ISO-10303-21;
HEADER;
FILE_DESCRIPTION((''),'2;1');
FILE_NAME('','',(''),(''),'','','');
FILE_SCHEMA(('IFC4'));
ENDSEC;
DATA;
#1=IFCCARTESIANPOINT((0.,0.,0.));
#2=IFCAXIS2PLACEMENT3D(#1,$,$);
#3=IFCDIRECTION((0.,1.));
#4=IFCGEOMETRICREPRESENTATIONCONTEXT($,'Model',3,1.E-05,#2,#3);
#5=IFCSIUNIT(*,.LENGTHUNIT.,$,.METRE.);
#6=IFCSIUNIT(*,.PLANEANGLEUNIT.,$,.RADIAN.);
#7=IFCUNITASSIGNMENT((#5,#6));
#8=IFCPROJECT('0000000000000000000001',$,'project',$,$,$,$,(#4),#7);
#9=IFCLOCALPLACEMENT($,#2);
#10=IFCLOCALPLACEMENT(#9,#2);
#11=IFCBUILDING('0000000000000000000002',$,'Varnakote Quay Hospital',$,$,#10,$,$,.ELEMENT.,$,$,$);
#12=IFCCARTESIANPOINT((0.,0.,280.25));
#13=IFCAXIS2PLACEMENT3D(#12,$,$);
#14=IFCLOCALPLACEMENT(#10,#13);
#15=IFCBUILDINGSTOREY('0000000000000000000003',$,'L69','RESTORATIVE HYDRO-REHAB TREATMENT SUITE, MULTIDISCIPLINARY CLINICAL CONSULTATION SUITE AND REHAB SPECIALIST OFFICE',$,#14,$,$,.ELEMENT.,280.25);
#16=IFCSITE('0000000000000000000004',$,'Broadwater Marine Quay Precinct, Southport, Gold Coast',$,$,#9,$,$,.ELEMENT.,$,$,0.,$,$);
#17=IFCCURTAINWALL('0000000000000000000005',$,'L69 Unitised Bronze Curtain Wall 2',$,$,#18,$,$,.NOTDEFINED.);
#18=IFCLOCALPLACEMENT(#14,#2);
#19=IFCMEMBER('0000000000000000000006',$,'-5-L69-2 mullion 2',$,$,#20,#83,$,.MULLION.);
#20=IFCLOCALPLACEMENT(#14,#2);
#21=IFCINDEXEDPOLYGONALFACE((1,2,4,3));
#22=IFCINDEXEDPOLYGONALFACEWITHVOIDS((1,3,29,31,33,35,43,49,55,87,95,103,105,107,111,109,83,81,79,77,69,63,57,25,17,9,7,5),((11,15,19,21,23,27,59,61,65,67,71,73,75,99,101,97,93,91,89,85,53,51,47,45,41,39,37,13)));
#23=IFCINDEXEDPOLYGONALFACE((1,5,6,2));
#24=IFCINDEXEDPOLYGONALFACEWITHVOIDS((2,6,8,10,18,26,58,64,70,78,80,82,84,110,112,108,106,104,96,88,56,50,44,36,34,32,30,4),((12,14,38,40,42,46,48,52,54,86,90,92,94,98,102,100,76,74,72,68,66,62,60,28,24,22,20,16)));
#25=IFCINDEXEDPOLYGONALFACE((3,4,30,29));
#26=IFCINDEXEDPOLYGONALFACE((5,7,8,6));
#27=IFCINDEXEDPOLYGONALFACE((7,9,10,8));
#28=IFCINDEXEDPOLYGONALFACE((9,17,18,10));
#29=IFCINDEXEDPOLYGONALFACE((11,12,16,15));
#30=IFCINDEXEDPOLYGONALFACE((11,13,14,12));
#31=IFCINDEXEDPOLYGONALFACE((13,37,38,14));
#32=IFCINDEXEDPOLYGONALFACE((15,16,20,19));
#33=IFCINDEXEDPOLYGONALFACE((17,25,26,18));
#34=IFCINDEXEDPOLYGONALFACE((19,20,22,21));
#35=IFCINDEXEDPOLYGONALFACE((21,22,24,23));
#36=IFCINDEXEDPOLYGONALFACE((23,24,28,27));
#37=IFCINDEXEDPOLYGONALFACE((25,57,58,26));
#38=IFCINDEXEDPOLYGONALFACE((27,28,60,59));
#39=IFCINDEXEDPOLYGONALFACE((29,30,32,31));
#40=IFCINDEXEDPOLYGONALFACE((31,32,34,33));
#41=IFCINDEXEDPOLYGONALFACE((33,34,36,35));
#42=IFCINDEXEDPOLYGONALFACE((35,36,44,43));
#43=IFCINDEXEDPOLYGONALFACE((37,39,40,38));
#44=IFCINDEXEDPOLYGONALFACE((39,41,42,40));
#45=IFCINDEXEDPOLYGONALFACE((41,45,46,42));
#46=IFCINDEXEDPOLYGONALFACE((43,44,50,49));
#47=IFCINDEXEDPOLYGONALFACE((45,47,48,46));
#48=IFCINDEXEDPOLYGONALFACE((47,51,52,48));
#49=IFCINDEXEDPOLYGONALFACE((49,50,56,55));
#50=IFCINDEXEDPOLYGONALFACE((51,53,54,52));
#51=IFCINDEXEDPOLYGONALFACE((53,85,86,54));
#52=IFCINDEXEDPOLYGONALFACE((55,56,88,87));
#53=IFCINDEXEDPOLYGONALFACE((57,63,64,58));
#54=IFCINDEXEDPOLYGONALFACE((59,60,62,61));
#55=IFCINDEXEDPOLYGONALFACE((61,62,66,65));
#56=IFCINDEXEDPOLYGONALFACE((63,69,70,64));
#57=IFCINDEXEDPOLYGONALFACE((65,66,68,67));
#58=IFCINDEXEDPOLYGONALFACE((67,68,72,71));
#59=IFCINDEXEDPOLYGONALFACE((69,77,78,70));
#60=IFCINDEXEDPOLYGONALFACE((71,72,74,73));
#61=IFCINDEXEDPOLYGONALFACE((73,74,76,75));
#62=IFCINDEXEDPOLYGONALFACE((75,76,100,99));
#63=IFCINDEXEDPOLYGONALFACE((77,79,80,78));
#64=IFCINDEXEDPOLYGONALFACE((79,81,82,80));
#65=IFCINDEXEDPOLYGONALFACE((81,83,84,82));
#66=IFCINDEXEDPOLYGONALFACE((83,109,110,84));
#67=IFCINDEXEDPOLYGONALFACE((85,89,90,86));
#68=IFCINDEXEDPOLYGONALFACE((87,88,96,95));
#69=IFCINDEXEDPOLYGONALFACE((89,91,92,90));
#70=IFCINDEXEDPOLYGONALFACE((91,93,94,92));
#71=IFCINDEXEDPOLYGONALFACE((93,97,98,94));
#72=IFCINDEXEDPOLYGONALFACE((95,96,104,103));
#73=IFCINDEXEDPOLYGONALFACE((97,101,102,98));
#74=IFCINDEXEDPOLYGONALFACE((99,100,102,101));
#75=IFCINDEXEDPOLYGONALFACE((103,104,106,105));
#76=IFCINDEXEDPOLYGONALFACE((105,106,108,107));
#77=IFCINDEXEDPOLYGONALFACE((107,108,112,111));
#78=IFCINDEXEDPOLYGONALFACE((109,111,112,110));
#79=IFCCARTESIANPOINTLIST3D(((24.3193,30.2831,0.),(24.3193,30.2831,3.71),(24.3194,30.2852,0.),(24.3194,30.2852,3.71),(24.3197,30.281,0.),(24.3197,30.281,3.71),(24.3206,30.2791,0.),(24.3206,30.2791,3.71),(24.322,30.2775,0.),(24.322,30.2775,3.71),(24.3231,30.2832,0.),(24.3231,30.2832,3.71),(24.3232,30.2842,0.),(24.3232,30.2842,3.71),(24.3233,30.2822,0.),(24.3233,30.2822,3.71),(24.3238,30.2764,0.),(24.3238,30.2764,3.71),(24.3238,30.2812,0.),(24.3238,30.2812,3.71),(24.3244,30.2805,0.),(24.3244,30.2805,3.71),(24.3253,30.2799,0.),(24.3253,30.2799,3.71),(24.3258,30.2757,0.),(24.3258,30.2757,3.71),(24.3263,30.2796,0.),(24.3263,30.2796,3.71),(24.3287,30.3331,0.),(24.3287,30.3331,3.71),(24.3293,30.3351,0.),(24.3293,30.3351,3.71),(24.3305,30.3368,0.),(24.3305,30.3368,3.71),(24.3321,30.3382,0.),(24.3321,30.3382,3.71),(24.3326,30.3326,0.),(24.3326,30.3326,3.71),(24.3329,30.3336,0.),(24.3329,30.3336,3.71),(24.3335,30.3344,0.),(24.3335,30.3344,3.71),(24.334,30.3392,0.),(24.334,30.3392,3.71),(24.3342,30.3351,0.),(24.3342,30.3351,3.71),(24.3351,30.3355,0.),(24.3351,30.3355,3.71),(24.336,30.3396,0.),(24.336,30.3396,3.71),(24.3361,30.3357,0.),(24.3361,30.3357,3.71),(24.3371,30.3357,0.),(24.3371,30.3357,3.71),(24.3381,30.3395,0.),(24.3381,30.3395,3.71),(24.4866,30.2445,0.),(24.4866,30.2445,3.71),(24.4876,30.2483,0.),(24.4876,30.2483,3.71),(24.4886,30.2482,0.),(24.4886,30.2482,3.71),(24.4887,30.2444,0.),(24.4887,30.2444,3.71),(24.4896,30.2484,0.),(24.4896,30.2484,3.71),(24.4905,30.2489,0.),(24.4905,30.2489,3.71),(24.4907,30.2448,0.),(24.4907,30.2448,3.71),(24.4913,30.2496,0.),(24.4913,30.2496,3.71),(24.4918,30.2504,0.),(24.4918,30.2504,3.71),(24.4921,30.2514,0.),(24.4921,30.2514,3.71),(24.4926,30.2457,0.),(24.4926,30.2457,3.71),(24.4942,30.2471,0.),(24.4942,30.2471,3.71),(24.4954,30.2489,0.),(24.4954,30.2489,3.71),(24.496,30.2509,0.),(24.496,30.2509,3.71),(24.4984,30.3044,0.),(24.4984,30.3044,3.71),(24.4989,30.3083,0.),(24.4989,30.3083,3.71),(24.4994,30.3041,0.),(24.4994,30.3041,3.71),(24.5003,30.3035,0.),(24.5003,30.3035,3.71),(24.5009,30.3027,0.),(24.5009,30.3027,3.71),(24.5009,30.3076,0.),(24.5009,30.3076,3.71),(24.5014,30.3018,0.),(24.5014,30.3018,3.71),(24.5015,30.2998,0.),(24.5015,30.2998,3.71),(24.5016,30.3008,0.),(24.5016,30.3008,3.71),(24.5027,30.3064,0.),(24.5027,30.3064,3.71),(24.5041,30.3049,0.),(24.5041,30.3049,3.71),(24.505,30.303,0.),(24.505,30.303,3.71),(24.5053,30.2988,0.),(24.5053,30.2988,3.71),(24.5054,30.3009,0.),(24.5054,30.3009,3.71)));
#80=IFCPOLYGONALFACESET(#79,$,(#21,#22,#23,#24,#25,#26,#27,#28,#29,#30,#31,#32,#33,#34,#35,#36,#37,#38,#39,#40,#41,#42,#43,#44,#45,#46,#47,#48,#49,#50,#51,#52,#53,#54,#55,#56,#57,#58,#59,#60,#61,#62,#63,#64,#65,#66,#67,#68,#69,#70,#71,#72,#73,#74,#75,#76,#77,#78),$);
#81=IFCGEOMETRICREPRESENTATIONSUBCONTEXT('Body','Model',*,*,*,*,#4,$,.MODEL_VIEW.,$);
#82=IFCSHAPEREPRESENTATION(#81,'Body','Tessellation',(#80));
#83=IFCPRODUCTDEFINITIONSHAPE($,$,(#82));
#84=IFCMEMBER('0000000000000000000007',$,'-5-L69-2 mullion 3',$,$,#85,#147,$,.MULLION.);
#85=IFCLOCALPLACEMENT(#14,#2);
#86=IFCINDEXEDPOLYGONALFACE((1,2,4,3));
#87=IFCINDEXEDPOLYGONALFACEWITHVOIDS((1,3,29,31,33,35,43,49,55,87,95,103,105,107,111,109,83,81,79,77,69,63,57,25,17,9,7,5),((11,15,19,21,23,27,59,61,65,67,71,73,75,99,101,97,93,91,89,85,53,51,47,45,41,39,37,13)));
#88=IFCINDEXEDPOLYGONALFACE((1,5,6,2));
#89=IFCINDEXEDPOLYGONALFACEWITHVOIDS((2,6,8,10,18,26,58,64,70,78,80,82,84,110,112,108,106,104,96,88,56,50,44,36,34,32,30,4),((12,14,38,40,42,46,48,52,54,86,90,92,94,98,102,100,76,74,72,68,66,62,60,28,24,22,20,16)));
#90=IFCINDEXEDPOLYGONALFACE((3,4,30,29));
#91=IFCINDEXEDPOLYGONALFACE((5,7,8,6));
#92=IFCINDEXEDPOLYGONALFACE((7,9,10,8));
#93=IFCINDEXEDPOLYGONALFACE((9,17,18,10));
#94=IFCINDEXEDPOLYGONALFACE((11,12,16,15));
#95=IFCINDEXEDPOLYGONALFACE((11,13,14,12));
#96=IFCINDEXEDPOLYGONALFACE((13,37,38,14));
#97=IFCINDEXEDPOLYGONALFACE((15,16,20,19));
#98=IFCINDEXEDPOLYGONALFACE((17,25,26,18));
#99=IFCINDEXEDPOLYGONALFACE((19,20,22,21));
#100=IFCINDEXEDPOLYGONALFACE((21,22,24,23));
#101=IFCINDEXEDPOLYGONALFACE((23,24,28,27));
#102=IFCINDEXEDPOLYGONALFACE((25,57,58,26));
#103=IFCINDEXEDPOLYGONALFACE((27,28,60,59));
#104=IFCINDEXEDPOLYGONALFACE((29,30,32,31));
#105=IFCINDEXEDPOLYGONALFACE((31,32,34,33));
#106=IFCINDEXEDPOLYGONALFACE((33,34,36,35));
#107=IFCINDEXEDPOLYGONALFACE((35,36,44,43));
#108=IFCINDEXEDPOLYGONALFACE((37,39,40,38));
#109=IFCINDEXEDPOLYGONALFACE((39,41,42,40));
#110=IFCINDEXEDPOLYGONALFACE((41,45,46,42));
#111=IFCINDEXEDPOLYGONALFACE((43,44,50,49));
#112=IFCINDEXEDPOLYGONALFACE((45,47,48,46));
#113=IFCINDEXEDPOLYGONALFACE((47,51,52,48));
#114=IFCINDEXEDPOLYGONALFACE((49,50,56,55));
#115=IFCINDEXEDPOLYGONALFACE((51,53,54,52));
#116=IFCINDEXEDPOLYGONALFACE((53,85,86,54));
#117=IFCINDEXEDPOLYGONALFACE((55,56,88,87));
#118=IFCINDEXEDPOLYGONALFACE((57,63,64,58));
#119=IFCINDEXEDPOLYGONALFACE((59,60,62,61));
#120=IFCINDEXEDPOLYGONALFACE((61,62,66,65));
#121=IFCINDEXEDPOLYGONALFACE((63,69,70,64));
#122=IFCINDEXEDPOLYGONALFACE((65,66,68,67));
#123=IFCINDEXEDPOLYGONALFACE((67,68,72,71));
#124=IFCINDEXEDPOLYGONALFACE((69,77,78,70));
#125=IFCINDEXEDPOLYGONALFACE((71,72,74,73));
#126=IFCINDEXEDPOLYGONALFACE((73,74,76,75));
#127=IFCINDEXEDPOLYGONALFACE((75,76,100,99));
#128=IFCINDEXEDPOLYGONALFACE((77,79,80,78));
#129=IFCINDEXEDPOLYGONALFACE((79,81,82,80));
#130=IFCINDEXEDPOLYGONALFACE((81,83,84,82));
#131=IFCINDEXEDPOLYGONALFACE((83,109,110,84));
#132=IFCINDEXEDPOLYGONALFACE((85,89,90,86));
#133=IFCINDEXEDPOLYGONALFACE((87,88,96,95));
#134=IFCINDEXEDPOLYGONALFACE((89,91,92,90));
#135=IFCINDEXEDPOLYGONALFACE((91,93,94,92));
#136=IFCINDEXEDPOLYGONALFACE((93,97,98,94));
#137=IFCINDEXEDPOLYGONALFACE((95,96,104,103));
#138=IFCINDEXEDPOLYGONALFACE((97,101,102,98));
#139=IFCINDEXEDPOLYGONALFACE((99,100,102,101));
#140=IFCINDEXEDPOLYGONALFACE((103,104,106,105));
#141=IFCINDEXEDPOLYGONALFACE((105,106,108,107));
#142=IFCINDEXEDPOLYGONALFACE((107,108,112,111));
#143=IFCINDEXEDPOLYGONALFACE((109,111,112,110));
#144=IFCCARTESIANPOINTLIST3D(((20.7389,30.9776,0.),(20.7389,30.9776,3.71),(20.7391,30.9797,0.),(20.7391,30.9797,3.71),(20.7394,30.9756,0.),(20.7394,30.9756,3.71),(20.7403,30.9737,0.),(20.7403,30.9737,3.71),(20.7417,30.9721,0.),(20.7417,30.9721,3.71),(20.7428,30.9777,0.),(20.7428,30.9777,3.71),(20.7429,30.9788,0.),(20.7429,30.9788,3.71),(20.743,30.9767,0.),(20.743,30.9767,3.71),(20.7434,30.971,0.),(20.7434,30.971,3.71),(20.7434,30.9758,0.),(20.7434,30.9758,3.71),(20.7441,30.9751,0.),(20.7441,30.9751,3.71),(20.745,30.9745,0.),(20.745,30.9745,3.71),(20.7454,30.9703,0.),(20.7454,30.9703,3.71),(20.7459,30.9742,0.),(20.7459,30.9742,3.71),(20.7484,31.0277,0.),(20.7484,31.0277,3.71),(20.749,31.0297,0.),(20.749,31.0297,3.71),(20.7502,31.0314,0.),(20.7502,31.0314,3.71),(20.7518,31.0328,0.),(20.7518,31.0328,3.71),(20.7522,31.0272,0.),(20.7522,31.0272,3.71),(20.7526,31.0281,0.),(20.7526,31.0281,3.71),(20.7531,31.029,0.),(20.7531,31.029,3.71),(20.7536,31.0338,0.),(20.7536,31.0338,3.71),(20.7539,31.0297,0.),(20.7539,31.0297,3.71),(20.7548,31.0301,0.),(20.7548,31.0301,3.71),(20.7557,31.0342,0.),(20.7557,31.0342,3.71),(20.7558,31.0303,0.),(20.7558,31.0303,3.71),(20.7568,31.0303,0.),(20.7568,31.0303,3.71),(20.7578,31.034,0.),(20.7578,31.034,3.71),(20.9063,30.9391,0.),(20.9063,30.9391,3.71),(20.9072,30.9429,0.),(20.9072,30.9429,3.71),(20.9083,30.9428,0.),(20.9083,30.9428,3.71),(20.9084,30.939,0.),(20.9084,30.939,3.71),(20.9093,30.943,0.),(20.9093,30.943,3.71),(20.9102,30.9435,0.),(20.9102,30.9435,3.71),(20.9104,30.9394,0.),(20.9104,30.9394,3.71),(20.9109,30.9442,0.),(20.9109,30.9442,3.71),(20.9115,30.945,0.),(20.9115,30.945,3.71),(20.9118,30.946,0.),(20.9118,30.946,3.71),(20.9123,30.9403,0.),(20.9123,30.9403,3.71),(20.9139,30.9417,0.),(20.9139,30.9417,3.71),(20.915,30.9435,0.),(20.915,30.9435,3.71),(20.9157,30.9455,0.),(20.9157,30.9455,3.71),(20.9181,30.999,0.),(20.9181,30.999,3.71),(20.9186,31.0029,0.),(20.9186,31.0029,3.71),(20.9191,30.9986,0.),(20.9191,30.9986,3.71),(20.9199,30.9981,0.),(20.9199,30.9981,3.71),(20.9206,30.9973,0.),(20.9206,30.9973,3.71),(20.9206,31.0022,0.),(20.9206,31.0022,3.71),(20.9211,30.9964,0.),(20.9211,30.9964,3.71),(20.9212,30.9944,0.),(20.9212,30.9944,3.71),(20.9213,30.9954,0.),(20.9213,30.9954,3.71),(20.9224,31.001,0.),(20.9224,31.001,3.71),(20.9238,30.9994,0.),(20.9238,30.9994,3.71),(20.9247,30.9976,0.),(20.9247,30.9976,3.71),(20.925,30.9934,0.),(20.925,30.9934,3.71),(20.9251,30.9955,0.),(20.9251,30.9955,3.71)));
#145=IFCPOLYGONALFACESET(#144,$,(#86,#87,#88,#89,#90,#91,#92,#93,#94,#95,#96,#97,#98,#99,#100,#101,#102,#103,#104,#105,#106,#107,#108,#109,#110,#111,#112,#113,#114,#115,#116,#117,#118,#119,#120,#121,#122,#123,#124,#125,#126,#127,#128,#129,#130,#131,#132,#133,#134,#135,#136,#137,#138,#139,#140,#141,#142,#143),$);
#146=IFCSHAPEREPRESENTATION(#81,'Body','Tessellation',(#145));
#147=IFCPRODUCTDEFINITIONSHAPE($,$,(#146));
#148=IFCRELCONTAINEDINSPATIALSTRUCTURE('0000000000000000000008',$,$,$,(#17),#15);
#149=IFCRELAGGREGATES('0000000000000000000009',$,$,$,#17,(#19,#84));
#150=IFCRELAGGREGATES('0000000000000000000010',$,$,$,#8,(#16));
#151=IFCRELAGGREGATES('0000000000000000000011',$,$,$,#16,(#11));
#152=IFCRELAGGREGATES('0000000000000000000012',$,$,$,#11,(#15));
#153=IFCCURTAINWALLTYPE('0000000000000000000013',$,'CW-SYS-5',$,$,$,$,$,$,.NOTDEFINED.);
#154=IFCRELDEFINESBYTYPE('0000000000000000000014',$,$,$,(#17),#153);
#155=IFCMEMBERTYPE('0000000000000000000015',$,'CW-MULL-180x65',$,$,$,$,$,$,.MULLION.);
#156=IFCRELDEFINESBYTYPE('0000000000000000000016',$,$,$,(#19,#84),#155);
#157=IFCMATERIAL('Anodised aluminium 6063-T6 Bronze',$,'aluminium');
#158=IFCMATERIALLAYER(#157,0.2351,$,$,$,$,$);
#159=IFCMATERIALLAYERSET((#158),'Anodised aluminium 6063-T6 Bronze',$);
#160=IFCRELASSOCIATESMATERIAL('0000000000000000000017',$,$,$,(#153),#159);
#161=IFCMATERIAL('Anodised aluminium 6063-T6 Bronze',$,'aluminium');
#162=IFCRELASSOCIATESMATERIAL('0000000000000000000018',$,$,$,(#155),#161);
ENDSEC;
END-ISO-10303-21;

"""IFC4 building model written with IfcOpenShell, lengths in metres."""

from ifc_helpers import new_model, si_unit, direction, frame, origin, origin_2d, place, context, subcontext, project, spatial, hollow_rectangle, extrude, material, layer, layer_set, material_profile, profile_set, type_object, element, aggregate, save


model = new_model("IFC4")

# Units and contexts
model_context = context("Model", 3, precision=1e-05, world=origin(), true_north=direction((0.0, 1.0)))
body_context = subcontext(model_context, "Body", "Model", "MODEL_VIEW")
ifc_project = project(units=[si_unit("LENGTHUNIT", "METRE"), si_unit("PLANEANGLEUNIT", "RADIAN")], contexts=[model_context])

# Site, building, storey
site_placement = place(None, origin())
site = spatial("IfcSite", under=ifc_project, at=site_placement, Name="Broadwater Marine Quay Precinct, Southport, Gold Coast", CompositionType="ELEMENT", RefElevation=0.0)
building_placement = place(site_placement, origin())
building = spatial("IfcBuilding", under=site, at=building_placement, Name="Varnakote Quay Hospital", CompositionType="ELEMENT")
storey_placement = place(building_placement, frame((0.0, 0.0, 280.25)))
storey = spatial("IfcBuildingStorey", under=building, at=storey_placement, Name="L69", Description="RESTORATIVE HYDRO-REHAB TREATMENT SUITE, MULTIDISCIPLINARY CLINICAL CONSULTATION SUITE AND REHAB SPECIALIST OFFICE", CompositionType="ELEMENT", Elevation=280.25)

# Shared definitions
ifc_material_1 = material(Name="Anodised aluminium 6063-T6 Bronze", Category="aluminium")
ifc_layer_1 = layer(ifc_material_1, 0.2351)
ifc_layer_set_1 = layer_set([ifc_layer_1], Name="Anodised aluminium 6063-T6 Bronze")
curtain_wall_type = type_object("IfcCurtainWallType", Name="CW-SYS-5", PredefinedType="NOTDEFINED", material=ifc_layer_set_1)
ifc_material_2 = material(Name="Anodised aluminium 6063-T6 Bronze", Category="aluminium")
ifc_material_profile_1 = material_profile(ifc_material_2, hollow_rectangle(XDim=0.0649, YDim=0.1799, WallThickness=0.0039, InnerFilletRadius=0.0039, OuterFilletRadius=0.0081, at=origin_2d()), Name="CW-MULL-180x65")
ifc_profile_set_1 = profile_set([ifc_material_profile_1], Name="Anodised aluminium 6063-T6 Bronze")
member_type_1 = type_object("IfcMemberType", Name="CW-MULL-180x65", PredefinedType="MULLION", material=ifc_profile_set_1)

# Curtain wall, members
curtain_wall_1_placement = place(storey_placement, origin())
curtain_wall_1 = element("IfcCurtainWall", 1, at=curtain_wall_1_placement, inside=storey, type_object=curtain_wall_type, Name="L69 Unitised Bronze Curtain Wall 2", PredefinedType="NOTDEFINED")
member_1_placement = place(storey_placement, frame((24.4124, 30.292, 0.0), z_axis=(0.0, 0.0, 1.0), x_axis=(-0.190434, -0.9817, 0.0)))
member_1 = element("IfcMember", 2, at=member_1_placement, type_object=member_type_1, Name="-5-L69-2 mullion 2", PredefinedType="MULLION", context=body_context, shape_type="SweptSolid", body=[
    extrude(hollow_rectangle(XDim=0.0649, YDim=0.1799, WallThickness=0.0039, InnerFilletRadius=0.0039, OuterFilletRadius=0.0081, at=origin_2d()), origin(), (0.0, 0.0, 1.0), 3.71),
])
member_2_placement = place(storey_placement, frame((20.832, 30.9866, 0.0), z_axis=(0.0, 0.0, 1.0), x_axis=(-0.190434, -0.9817, 0.0)))
member_2 = element("IfcMember", 3, at=member_2_placement, type_object=member_type_1, Name="-5-L69-2 mullion 3", PredefinedType="MULLION", context=body_context, shape_type="SweptSolid", body=[
    extrude(hollow_rectangle(XDim=0.0649, YDim=0.1799, WallThickness=0.0039, InnerFilletRadius=0.0039, OuterFilletRadius=0.0081, at=origin_2d()), origin(), (0.0, 0.0, 1.0), 3.71),
])

aggregate(curtain_wall_1, [member_1, member_2])

save(model, "model.ifc")
